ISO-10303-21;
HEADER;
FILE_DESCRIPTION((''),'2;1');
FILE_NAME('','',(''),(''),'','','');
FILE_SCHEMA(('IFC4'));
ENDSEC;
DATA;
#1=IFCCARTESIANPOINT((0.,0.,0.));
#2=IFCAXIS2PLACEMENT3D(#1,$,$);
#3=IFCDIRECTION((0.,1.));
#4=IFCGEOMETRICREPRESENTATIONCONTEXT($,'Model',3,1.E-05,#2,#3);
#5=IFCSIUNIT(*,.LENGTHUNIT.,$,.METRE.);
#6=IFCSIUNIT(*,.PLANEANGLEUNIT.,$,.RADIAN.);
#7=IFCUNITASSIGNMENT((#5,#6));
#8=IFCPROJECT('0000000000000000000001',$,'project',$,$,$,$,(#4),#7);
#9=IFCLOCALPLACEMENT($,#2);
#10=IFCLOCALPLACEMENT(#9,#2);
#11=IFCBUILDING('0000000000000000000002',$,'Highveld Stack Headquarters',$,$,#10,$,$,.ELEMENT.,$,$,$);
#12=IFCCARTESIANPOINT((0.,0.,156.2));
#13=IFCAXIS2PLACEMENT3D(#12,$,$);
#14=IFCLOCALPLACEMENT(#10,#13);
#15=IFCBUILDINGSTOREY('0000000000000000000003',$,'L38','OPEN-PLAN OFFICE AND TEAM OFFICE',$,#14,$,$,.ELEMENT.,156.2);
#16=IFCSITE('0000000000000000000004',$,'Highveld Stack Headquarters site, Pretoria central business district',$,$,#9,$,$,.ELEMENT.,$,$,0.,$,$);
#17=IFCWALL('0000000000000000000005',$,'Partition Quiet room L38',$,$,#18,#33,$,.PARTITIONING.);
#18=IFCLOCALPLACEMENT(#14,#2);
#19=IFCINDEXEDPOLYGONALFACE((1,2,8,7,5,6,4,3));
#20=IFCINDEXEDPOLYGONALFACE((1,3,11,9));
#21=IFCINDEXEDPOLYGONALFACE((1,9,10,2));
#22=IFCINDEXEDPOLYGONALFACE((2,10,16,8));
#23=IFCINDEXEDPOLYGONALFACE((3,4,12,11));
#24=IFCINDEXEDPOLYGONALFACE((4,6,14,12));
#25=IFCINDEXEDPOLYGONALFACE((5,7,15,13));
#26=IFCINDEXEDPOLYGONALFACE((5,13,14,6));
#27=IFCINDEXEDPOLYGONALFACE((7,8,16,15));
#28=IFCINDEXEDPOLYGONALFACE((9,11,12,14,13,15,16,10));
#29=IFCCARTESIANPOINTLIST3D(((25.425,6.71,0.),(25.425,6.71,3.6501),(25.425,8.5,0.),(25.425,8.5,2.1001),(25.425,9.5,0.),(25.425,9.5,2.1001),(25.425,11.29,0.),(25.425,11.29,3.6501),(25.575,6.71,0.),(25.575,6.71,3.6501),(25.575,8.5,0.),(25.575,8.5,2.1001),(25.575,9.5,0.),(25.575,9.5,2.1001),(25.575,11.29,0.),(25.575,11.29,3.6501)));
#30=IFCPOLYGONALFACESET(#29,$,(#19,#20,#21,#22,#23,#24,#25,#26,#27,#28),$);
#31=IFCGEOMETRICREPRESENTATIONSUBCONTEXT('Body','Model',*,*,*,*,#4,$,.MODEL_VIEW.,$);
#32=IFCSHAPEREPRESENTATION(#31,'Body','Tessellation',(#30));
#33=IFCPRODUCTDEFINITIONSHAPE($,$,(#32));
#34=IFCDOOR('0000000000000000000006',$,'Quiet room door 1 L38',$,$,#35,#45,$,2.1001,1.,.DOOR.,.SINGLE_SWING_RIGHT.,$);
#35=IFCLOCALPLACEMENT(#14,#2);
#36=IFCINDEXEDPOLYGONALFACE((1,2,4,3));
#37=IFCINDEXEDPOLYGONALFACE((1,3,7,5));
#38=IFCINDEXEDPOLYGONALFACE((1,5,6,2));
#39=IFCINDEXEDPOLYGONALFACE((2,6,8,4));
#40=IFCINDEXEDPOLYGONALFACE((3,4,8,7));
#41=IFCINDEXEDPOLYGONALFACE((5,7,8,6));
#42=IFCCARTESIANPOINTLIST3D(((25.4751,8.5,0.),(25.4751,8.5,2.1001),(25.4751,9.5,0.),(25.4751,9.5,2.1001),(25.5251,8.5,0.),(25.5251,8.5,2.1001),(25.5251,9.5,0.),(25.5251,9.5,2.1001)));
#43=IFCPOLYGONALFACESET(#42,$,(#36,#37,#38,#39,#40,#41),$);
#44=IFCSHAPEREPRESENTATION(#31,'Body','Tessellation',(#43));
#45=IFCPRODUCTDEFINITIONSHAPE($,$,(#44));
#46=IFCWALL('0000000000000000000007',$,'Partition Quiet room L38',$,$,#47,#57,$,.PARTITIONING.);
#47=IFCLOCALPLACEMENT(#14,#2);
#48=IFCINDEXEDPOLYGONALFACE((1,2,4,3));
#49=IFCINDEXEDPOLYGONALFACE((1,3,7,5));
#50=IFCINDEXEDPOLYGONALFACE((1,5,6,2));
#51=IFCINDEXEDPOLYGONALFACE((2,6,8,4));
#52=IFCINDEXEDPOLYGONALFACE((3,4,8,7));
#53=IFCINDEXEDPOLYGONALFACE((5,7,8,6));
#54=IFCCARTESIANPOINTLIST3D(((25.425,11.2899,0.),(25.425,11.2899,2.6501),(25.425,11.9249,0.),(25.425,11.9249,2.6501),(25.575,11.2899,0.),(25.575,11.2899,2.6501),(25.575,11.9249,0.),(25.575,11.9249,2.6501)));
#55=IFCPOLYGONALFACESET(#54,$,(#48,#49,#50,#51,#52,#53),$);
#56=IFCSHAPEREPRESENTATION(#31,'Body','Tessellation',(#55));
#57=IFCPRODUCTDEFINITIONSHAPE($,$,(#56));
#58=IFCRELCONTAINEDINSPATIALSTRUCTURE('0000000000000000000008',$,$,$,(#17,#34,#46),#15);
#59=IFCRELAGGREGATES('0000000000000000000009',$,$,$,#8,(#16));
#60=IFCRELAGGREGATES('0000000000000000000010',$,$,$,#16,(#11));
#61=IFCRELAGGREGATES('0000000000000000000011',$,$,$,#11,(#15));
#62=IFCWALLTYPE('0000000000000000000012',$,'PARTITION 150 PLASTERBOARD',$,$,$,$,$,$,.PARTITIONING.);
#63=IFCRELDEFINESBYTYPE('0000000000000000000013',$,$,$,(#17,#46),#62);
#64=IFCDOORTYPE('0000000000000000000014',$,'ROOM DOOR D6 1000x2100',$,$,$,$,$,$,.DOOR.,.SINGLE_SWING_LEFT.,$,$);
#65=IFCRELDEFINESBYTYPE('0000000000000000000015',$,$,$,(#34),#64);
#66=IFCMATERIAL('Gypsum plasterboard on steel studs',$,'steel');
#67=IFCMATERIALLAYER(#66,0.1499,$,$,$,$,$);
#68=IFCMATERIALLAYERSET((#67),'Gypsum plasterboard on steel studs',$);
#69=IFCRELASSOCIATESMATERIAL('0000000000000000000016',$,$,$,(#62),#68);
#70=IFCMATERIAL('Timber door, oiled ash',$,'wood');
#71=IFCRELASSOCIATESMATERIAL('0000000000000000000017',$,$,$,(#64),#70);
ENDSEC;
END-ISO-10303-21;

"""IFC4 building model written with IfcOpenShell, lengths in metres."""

from ifc_helpers import new_model, si_unit, direction, frame, frame_2d, origin, place, context, subcontext, project, spatial, rectangle, extrude, material, layer, layer_set, type_object, element, fill, save


model = new_model("IFC4")

# Units and contexts
model_context = context("Model", 3, precision=1e-05, world=origin(), true_north=direction((0.0, 1.0)))
body_context = subcontext(model_context, "Body", "Model", "MODEL_VIEW")
ifc_project = project(units=[si_unit("LENGTHUNIT", "METRE"), si_unit("PLANEANGLEUNIT", "RADIAN")], contexts=[model_context])

# Site, building, storey
site_placement = place(None, origin())
site = spatial("IfcSite", under=ifc_project, at=site_placement, Name="Highveld Stack Headquarters site, Pretoria central business district", CompositionType="ELEMENT", RefElevation=0.0)
building_placement = place(site_placement, origin())
building = spatial("IfcBuilding", under=site, at=building_placement, Name="Highveld Stack Headquarters", CompositionType="ELEMENT")
storey_placement = place(building_placement, frame((0.0, 0.0, 156.2)))
storey = spatial("IfcBuildingStorey", under=building, at=storey_placement, Name="L38", Description="OPEN-PLAN OFFICE AND TEAM OFFICE", CompositionType="ELEMENT", Elevation=156.2)

# Shared definitions
ifc_material_1 = material(Name="Gypsum plasterboard on steel studs", Category="steel")
ifc_layer_1 = layer(ifc_material_1, 0.1499)
ifc_layer_set_1 = layer_set([ifc_layer_1], Name="Gypsum plasterboard on steel studs")
wall_type = type_object("IfcWallType", Name="PARTITION 150 PLASTERBOARD", PredefinedType="PARTITIONING", material=ifc_layer_set_1)

# Shared definitions
ifc_material_2 = material(Name="Timber door, oiled ash", Category="wood")
door_type = type_object("IfcDoorType", Name="ROOM DOOR D6 1000x2100", OperationType="SINGLE_SWING_LEFT", PredefinedType="DOOR", material=ifc_material_2)

# Wall, opening, door
wall_1_placement = place(storey_placement, frame((25.5, 6.71, 0.0), z_axis=(0.0, 0.0, 1.0), x_axis=(0.0, 1.0, 0.0)))
wall_1 = element("IfcWall", 1, at=wall_1_placement, inside=storey, type_object=wall_type, Name="Partition Quiet room L38", PredefinedType="PARTITIONING", context=body_context, shape_type="SweptSolid", body=[
    extrude(rectangle(XDim=4.5801, YDim=0.1499, at=frame_2d((2.29, 0.0))), origin(), (0.0, 0.0, 1.0), 3.6501),
])
opening_1_placement = place(wall_1_placement, frame((1.79, 0.0, 0.0)))
opening_1 = element("IfcOpeningElement", 2, at=opening_1_placement, cuts=wall_1, PredefinedType="OPENING", context=body_context, shape_type="SweptSolid", body=[
    extrude(rectangle(XDim=1.0, YDim=2.1001, at=frame_2d((0.5, 1.05))), frame((0.0, 0.085, 0.0), z_axis=(0.0, -1.0, 0.0), x_axis=(1.0, 0.0, 0.0)), (0.0, 0.0, 1.0), 0.1699),
])
door_1_placement = place(opening_1_placement, origin())
door_1 = element("IfcDoor", 3, at=door_1_placement, inside=storey, type_object=door_type, Name="Quiet room door 1 L38", OperationType="SINGLE_SWING_RIGHT", OverallHeight=2.1001, OverallWidth=1.0, PredefinedType="DOOR", context=body_context, shape_type="SweptSolid", body=[
    extrude(rectangle(XDim=1.0, YDim=2.1001, at=frame_2d((0.5, 1.05))), frame((0.0, 0.0249, 0.0), z_axis=(0.0, -1.0, 0.0), x_axis=(1.0, 0.0, 0.0)), (0.0, 0.0, 1.0), 0.05),
])
fill(opening_1, door_1)

# Wall
wall_2_placement = place(storey_placement, frame((25.5, 11.29, 0.0), z_axis=(0.0, 0.0, 1.0), x_axis=(0.0, 1.0, 0.0)))
element("IfcWall", 4, at=wall_2_placement, inside=storey, type_object=wall_type, Name="Partition Quiet room L38", PredefinedType="PARTITIONING", context=body_context, shape_type="SweptSolid", body=[
    extrude(rectangle(XDim=0.635, YDim=0.1499, at=frame_2d((0.3174, 0.0))), origin(), (0.0, 0.0, 1.0), 2.6501),
])

save(model, "model.ifc")
